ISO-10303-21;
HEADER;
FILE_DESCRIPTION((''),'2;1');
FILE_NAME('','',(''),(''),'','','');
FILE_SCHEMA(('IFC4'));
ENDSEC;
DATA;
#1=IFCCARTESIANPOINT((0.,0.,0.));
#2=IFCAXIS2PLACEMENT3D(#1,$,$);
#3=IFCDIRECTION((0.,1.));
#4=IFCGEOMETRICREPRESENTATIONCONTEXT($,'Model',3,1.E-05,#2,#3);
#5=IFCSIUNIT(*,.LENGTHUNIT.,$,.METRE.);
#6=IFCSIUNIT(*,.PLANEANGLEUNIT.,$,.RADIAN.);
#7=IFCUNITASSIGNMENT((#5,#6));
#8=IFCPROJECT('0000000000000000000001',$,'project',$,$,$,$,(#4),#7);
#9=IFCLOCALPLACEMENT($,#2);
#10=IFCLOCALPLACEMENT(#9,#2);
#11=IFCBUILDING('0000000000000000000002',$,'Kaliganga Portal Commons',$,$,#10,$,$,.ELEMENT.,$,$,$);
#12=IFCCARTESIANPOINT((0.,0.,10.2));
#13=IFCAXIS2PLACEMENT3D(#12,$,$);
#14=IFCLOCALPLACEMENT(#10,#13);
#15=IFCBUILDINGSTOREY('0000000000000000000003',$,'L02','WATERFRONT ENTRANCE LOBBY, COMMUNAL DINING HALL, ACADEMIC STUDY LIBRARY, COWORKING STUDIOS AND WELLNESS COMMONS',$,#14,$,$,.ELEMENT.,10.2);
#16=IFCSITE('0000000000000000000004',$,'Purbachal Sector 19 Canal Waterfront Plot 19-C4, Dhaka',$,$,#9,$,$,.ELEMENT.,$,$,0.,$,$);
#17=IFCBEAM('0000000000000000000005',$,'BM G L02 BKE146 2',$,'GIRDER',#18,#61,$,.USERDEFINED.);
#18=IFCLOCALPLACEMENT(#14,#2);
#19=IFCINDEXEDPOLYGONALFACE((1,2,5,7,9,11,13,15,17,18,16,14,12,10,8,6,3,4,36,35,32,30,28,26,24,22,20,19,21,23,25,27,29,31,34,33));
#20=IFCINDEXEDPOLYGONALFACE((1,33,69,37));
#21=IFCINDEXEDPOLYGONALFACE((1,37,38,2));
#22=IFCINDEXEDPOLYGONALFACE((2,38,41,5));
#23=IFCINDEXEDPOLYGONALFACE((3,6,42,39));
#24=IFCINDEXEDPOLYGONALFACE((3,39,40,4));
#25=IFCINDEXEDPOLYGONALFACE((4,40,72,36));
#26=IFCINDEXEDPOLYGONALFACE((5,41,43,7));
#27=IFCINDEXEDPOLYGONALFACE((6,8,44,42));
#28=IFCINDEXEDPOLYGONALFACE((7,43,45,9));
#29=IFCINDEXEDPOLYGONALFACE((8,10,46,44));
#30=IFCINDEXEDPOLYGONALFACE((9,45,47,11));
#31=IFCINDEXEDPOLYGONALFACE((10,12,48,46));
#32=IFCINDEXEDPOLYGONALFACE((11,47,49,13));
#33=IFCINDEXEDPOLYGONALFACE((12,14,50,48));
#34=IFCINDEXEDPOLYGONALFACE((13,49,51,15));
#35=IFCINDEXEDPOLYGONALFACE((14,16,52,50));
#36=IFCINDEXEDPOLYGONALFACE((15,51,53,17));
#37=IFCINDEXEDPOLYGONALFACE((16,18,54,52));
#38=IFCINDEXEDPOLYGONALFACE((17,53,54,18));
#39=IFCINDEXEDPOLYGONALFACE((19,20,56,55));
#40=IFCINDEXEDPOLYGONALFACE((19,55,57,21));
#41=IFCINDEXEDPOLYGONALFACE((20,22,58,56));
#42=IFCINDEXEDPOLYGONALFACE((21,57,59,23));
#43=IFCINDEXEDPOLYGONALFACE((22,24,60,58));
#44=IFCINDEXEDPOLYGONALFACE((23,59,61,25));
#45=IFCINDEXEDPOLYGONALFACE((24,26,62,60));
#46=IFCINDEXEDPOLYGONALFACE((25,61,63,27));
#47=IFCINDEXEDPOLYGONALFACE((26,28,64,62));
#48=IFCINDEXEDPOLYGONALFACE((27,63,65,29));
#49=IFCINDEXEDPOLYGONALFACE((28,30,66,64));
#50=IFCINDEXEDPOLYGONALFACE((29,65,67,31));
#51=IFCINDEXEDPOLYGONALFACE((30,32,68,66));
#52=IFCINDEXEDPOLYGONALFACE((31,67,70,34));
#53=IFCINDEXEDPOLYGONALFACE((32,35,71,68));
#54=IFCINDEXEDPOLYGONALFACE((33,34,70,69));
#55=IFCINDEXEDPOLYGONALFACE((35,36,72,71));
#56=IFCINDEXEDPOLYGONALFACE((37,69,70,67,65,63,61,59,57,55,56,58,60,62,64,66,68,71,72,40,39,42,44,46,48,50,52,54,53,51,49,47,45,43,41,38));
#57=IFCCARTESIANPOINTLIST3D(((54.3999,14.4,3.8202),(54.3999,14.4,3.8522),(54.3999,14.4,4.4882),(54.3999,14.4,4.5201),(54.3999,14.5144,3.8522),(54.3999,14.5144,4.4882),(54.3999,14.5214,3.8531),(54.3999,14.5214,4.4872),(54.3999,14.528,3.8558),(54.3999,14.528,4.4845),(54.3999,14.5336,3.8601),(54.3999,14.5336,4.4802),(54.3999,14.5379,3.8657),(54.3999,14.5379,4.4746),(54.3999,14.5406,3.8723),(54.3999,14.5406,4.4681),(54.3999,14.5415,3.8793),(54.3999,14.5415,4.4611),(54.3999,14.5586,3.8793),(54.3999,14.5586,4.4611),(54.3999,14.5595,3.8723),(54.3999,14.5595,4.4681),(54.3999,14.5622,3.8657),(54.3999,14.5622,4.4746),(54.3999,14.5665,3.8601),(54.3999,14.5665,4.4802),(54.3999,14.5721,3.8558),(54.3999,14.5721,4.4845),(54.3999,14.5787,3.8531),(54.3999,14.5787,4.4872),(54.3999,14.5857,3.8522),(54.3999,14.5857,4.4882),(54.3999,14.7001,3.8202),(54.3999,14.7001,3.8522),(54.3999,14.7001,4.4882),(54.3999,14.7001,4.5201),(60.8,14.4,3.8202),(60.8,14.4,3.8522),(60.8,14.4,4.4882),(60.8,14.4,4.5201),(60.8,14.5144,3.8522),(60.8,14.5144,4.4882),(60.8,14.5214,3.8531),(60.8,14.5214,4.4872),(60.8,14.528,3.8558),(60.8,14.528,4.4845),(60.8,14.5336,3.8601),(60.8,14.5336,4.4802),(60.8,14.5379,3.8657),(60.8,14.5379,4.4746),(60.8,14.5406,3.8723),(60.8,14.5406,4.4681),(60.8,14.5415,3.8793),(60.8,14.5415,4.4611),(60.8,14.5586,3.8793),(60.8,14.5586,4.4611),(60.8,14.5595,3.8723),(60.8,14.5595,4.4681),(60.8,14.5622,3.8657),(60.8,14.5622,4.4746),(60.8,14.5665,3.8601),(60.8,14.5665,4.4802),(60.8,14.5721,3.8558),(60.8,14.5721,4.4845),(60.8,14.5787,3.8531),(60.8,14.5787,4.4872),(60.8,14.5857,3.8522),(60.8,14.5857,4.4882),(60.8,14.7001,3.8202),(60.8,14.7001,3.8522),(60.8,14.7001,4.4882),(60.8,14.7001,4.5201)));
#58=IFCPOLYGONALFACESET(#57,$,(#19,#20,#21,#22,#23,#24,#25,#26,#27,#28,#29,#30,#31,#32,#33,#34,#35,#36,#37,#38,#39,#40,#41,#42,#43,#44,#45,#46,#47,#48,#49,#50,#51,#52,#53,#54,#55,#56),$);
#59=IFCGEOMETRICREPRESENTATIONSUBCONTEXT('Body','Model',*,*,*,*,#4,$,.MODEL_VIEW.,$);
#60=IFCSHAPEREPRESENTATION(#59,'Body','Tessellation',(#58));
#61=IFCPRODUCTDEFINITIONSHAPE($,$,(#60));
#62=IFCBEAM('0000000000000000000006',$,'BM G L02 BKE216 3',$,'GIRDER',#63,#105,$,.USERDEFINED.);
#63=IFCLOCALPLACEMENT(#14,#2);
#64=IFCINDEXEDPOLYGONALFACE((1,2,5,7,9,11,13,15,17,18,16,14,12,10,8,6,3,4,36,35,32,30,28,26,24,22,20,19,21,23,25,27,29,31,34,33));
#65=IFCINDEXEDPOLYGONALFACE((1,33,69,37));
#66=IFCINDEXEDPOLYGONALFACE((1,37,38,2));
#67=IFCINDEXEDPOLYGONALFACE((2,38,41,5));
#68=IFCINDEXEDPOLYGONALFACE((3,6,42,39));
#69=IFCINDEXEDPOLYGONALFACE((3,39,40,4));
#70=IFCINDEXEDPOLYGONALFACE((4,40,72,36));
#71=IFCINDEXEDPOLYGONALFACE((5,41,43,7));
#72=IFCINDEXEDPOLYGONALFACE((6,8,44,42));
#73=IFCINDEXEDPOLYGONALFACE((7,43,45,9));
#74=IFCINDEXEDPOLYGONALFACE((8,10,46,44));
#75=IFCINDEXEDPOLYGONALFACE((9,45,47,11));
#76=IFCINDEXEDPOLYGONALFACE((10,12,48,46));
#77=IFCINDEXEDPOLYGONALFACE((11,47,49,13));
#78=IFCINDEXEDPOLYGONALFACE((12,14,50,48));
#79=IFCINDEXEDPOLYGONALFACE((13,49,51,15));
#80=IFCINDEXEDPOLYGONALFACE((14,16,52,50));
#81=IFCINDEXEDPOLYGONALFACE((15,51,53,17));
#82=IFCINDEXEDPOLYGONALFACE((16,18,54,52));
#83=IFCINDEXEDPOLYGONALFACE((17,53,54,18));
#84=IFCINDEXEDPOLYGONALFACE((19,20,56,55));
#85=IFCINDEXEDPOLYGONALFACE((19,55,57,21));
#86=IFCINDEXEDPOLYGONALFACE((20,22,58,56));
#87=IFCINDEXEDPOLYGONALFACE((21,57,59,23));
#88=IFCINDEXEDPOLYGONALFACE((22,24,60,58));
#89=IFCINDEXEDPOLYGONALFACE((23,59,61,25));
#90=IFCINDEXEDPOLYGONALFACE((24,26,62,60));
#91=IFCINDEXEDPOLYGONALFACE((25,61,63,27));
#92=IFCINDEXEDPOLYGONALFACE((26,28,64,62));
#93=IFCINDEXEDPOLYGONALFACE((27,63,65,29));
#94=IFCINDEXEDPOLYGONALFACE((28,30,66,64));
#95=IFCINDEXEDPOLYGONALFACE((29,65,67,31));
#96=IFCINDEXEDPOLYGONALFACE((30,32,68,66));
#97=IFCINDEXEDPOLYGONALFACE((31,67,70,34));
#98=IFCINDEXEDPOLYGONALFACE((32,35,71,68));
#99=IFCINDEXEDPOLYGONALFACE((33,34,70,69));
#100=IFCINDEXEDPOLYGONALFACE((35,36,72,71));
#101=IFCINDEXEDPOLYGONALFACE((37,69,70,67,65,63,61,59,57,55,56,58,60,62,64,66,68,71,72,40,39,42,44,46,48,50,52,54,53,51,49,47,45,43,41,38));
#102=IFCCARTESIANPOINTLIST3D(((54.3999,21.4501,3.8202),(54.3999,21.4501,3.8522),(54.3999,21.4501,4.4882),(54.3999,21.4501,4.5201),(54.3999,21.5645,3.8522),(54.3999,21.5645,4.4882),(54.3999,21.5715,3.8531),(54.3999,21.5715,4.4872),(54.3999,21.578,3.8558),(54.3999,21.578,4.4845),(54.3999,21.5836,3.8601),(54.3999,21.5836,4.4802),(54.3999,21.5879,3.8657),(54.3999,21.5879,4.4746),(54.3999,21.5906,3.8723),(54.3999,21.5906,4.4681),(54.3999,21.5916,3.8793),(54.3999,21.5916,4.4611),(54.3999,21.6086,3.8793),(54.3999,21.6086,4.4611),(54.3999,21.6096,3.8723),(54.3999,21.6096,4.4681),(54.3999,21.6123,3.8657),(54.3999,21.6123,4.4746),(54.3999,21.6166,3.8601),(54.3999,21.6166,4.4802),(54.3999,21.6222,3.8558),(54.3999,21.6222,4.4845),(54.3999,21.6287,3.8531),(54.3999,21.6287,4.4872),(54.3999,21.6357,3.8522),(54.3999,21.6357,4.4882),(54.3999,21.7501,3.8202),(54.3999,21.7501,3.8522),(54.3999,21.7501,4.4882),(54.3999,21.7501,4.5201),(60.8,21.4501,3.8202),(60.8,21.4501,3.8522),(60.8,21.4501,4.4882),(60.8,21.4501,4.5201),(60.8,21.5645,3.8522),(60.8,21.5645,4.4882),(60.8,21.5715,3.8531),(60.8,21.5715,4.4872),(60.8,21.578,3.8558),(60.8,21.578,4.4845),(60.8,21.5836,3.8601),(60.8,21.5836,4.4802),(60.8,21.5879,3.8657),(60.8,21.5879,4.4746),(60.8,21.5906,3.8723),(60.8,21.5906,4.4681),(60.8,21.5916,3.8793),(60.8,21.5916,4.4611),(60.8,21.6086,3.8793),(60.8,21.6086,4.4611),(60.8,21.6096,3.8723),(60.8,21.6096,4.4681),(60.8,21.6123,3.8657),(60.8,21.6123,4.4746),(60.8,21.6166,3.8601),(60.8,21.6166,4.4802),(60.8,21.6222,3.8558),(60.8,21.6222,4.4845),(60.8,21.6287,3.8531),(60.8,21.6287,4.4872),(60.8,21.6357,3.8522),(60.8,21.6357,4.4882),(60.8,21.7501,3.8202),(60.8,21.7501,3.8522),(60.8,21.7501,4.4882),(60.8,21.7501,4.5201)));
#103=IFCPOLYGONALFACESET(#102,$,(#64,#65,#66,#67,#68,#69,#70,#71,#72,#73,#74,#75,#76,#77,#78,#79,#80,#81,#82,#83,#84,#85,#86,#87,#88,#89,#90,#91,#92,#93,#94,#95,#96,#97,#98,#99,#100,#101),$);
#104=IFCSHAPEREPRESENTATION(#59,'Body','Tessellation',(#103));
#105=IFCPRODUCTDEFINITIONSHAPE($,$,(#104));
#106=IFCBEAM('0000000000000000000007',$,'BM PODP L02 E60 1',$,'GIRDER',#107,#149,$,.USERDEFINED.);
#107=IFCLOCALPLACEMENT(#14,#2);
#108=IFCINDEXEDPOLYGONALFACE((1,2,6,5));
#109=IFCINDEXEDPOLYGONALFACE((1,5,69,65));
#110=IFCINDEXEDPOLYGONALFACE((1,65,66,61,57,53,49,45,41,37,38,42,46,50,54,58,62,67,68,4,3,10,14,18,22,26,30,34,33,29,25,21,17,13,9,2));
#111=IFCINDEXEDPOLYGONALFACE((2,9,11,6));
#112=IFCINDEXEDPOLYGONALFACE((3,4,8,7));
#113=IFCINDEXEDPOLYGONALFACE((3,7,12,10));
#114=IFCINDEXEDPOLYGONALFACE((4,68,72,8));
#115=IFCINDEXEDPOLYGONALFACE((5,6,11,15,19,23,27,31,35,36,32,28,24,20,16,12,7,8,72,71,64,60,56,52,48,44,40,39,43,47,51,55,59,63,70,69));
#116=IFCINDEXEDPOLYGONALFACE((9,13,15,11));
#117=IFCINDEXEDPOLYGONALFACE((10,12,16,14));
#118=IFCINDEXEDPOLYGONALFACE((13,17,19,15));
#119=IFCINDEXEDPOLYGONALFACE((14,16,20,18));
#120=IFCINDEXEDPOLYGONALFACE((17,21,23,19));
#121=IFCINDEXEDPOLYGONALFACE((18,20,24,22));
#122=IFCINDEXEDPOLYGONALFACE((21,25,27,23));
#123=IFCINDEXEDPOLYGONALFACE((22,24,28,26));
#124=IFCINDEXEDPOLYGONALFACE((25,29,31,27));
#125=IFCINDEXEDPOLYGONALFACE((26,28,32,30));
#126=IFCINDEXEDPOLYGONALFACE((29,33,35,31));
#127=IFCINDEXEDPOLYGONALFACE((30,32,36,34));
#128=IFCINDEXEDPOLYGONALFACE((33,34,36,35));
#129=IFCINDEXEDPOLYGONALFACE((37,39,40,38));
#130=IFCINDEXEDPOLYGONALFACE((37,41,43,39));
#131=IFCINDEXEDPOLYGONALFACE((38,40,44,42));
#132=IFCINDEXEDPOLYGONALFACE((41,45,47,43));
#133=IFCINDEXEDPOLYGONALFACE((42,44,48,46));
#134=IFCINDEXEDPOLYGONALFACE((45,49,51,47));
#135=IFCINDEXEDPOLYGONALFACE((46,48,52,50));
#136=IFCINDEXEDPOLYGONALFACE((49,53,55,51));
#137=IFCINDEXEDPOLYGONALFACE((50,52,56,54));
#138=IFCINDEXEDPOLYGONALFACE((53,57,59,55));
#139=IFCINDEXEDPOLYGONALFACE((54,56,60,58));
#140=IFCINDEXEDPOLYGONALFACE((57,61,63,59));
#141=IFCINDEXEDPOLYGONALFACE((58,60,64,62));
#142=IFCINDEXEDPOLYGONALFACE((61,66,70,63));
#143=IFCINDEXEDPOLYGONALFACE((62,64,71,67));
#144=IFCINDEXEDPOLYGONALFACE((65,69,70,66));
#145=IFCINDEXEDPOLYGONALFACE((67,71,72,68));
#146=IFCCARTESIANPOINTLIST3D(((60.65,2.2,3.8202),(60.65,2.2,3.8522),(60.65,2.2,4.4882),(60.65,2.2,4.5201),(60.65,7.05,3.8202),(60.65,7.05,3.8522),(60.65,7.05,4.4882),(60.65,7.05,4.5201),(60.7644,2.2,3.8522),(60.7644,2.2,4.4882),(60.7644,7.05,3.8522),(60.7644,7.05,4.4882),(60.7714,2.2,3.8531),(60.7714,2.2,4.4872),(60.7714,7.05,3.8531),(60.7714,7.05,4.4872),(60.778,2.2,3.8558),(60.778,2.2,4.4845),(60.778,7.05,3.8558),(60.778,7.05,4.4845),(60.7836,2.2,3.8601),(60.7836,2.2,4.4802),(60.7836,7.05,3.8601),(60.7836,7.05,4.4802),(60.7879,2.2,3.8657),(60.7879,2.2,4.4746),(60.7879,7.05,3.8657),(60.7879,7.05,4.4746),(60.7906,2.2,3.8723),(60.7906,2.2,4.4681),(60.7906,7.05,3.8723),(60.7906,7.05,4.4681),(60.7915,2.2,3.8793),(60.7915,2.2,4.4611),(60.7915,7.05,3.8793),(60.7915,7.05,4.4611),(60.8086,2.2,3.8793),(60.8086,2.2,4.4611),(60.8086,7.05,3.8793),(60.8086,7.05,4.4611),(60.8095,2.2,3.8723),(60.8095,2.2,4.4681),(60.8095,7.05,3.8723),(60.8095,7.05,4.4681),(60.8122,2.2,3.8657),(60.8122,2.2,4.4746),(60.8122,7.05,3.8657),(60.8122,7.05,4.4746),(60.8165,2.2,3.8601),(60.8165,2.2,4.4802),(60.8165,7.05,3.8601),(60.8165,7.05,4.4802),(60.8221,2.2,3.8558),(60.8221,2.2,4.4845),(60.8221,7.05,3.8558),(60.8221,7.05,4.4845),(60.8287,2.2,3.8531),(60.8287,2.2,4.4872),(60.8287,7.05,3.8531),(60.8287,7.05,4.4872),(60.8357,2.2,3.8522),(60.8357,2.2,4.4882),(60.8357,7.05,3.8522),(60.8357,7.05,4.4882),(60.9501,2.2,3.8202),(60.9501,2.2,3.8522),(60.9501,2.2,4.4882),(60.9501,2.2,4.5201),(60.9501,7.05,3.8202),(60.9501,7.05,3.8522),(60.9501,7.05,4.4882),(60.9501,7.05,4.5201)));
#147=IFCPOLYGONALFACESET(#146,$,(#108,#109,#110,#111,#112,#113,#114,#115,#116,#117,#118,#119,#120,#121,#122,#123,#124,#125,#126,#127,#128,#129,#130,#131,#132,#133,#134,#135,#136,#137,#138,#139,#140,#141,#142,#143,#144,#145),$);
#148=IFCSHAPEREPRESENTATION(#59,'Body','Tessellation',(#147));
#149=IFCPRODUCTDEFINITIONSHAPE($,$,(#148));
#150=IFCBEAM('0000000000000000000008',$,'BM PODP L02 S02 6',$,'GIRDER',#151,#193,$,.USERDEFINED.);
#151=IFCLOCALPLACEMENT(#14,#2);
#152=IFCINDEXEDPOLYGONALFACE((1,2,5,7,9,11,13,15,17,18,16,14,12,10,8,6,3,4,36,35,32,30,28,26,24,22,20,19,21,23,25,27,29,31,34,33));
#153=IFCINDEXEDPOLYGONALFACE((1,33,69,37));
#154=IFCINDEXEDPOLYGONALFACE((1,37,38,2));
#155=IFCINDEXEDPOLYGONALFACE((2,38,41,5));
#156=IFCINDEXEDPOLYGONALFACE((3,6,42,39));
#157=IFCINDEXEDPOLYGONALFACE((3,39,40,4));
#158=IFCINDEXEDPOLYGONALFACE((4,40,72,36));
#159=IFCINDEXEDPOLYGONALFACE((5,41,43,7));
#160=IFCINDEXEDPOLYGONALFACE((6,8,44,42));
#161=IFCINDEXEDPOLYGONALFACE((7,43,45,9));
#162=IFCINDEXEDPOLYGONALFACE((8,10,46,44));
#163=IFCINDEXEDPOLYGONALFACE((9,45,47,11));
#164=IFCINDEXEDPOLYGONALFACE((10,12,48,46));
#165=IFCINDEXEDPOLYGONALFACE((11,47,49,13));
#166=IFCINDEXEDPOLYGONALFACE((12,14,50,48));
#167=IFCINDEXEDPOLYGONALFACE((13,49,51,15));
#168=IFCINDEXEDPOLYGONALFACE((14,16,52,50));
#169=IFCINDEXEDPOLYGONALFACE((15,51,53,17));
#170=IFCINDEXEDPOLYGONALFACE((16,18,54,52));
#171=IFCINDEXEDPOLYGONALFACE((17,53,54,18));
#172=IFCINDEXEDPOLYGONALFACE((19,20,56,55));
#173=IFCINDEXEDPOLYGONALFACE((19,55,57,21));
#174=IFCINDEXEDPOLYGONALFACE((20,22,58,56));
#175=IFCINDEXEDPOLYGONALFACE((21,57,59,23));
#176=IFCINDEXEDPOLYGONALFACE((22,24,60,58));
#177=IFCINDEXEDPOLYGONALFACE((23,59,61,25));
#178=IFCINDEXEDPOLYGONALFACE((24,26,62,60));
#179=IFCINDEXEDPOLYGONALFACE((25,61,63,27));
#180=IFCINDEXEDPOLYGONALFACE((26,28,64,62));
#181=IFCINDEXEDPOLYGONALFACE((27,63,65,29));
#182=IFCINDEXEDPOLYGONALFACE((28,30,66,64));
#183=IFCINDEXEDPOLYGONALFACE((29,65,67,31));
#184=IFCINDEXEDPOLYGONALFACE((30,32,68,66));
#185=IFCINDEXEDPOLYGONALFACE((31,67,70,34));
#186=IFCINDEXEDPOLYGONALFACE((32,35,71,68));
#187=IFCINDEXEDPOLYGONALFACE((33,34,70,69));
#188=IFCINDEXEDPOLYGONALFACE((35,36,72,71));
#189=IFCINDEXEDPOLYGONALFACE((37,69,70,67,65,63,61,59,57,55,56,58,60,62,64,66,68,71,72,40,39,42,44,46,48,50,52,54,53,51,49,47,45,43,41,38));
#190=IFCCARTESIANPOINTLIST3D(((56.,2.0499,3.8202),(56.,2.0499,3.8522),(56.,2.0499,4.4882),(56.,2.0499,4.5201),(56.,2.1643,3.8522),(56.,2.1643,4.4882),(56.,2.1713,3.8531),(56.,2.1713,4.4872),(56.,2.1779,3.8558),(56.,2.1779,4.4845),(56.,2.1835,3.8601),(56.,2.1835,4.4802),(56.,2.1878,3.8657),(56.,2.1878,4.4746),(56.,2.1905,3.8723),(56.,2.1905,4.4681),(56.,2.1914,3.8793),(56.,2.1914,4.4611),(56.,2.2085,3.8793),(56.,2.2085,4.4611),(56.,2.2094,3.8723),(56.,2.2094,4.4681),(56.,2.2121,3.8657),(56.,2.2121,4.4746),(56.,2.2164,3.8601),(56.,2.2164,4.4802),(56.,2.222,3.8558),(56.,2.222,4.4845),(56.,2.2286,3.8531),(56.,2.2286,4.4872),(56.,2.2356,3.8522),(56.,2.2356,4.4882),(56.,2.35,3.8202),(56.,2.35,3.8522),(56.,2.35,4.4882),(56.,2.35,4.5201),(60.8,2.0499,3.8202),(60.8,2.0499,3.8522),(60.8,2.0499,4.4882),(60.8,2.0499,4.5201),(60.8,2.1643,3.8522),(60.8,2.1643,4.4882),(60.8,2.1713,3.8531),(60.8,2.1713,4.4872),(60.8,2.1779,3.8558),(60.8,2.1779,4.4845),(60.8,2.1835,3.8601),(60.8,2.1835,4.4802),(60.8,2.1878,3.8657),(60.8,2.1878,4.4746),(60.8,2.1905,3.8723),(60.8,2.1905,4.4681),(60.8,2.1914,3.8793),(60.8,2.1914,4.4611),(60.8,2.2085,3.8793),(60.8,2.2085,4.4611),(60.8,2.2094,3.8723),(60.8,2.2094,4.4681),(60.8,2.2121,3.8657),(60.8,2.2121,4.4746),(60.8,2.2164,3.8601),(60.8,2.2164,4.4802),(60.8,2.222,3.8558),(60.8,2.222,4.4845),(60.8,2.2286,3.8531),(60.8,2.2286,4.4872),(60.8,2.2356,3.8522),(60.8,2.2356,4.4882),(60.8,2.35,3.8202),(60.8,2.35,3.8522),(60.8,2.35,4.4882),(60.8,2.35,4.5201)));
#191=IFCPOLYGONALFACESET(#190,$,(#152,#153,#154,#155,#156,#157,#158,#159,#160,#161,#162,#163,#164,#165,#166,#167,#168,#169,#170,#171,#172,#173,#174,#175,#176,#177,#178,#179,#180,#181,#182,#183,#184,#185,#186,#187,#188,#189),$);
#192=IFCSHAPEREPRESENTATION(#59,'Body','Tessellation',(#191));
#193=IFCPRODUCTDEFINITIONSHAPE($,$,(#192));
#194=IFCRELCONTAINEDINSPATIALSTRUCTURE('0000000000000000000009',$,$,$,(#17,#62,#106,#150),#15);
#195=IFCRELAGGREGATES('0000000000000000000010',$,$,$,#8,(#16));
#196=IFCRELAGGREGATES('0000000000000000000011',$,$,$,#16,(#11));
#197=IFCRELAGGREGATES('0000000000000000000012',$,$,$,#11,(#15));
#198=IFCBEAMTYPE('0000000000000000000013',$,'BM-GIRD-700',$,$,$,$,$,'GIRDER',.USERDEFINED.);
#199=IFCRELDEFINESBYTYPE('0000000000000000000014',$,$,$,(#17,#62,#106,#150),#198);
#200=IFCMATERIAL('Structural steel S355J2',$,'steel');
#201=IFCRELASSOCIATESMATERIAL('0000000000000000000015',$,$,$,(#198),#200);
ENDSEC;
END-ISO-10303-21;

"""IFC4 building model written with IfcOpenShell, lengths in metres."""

from ifc_helpers import new_model, si_unit, direction, frame, origin, origin_2d, place, context, subcontext, project, spatial, i_section, extrude, source, transform, mapped, material, material_profile, profile_set, type_object, element, save


model = new_model("IFC4")

# Units and contexts
model_context = context("Model", 3, precision=1e-05, world=origin(), true_north=direction((0.0, 1.0)))
body_context = subcontext(model_context, "Body", "Model", "MODEL_VIEW")
ifc_project = project(units=[si_unit("LENGTHUNIT", "METRE"), si_unit("PLANEANGLEUNIT", "RADIAN")], contexts=[model_context])

# Site, building, storey
site_placement = place(None, origin())
site = spatial("IfcSite", under=ifc_project, at=site_placement, Name="Purbachal Sector 19 Canal Waterfront Plot 19-C4, Dhaka", CompositionType="ELEMENT", RefElevation=0.0)
building_placement = place(site_placement, origin())
building = spatial("IfcBuilding", under=site, at=building_placement, Name="Kaliganga Portal Commons", CompositionType="ELEMENT")
storey_placement = place(building_placement, frame((0.0, 0.0, 10.2)))
storey = spatial("IfcBuildingStorey", under=building, at=storey_placement, Name="L02", Description="WATERFRONT ENTRANCE LOBBY, COMMUNAL DINING HALL, ACADEMIC STUDY LIBRARY, COWORKING STUDIOS AND WELLNESS COMMONS", CompositionType="ELEMENT", Elevation=10.2)

# Beams
ifc_material_1 = material(Name="Structural steel S355J2", Category="steel")
ifc_material_profile_1 = material_profile(ifc_material_1, i_section(OverallWidth=0.3, OverallDepth=0.7, WebThickness=0.0171, FlangeThickness=0.032, FilletRadius=0.0271, at=origin_2d()), Name="HE 700 B")
ifc_profile_set_1 = profile_set([ifc_material_profile_1], Name="Structural steel S355J2 wide-flange")
beam_type_1 = type_object("IfcBeamType", Name="BM-GIRD-700", ElementType="GIRDER", PredefinedType="USERDEFINED", material=ifc_profile_set_1)
shared_shape_1 = source(origin(), body_context, "Body", "SweptSolid", [
    extrude(i_section(OverallWidth=0.3, OverallDepth=0.7, WebThickness=0.0171, FlangeThickness=0.032, FilletRadius=0.0271, at=origin_2d()), origin(), (0.0, 0.0, 1.0), 6.4001),
])
for number, where, z_axis, x_axis, name in (
    (1, (54.3999, 14.55, 4.1702), (1.0, 0.0, 0.0), (0.0, 1.0, 0.0), "BM G L02 BKE146 2"),
    (2, (54.3999, 21.6001, 4.1702), (1.0, 0.0, 0.0), (0.0, 1.0, 0.0), "BM G L02 BKE216 3"),
):
    element("IfcBeam", number, at=place(storey_placement, frame(where, z_axis=z_axis, x_axis=x_axis)), inside=storey, type_object=beam_type_1, Name=name, ObjectType="GIRDER", PredefinedType="USERDEFINED", context=body_context, shape_type="MappedRepresentation", body=[
        mapped(shared_shape_1, transform((0.0, 0.0, 0.0), x_axis=(1.0, 0.0, 0.0), y_axis=(0.0, 1.0, 0.0), z_axis=(0.0, 0.0, 1.0), scale=1.0)),
    ])
shared_shape_2 = source(origin(), body_context, "Body", "SweptSolid", [
    extrude(i_section(OverallWidth=0.3, OverallDepth=0.7, WebThickness=0.0171, FlangeThickness=0.032, FilletRadius=0.0271, at=origin_2d()), origin(), (0.0, 0.0, 1.0), 4.8501),
])
beam_1_placement = place(storey_placement, frame((60.8, 2.2, 4.1702), z_axis=(0.0, 1.0, 0.0), x_axis=(-1.0, 0.0, 0.0)))
element("IfcBeam", 3, at=beam_1_placement, inside=storey, type_object=beam_type_1, Name="BM PODP L02 E60 1", ObjectType="GIRDER", PredefinedType="USERDEFINED", context=body_context, shape_type="MappedRepresentation", body=[
    mapped(shared_shape_2, transform((0.0, 0.0, 0.0), x_axis=(1.0, 0.0, 0.0), y_axis=(0.0, 1.0, 0.0), z_axis=(0.0, 0.0, 1.0), scale=1.0)),
])
shared_shape_3 = source(origin(), body_context, "Body", "SweptSolid", [
    extrude(i_section(OverallWidth=0.3, OverallDepth=0.7, WebThickness=0.0171, FlangeThickness=0.032, FilletRadius=0.0271, at=origin_2d()), origin(), (0.0, 0.0, 1.0), 4.8),
])
beam_2_placement = place(storey_placement, frame((56.0, 2.2, 4.1702), z_axis=(1.0, 0.0, 0.0), x_axis=(0.0, 1.0, 0.0)))
element("IfcBeam", 4, at=beam_2_placement, inside=storey, type_object=beam_type_1, Name="BM PODP L02 S02 6", ObjectType="GIRDER", PredefinedType="USERDEFINED", context=body_context, shape_type="MappedRepresentation", body=[
    mapped(shared_shape_3, transform((0.0, 0.0, 0.0), x_axis=(1.0, 0.0, 0.0), y_axis=(0.0, 1.0, 0.0), z_axis=(0.0, 0.0, 1.0), scale=1.0)),
])

save(model, "model.ifc")
